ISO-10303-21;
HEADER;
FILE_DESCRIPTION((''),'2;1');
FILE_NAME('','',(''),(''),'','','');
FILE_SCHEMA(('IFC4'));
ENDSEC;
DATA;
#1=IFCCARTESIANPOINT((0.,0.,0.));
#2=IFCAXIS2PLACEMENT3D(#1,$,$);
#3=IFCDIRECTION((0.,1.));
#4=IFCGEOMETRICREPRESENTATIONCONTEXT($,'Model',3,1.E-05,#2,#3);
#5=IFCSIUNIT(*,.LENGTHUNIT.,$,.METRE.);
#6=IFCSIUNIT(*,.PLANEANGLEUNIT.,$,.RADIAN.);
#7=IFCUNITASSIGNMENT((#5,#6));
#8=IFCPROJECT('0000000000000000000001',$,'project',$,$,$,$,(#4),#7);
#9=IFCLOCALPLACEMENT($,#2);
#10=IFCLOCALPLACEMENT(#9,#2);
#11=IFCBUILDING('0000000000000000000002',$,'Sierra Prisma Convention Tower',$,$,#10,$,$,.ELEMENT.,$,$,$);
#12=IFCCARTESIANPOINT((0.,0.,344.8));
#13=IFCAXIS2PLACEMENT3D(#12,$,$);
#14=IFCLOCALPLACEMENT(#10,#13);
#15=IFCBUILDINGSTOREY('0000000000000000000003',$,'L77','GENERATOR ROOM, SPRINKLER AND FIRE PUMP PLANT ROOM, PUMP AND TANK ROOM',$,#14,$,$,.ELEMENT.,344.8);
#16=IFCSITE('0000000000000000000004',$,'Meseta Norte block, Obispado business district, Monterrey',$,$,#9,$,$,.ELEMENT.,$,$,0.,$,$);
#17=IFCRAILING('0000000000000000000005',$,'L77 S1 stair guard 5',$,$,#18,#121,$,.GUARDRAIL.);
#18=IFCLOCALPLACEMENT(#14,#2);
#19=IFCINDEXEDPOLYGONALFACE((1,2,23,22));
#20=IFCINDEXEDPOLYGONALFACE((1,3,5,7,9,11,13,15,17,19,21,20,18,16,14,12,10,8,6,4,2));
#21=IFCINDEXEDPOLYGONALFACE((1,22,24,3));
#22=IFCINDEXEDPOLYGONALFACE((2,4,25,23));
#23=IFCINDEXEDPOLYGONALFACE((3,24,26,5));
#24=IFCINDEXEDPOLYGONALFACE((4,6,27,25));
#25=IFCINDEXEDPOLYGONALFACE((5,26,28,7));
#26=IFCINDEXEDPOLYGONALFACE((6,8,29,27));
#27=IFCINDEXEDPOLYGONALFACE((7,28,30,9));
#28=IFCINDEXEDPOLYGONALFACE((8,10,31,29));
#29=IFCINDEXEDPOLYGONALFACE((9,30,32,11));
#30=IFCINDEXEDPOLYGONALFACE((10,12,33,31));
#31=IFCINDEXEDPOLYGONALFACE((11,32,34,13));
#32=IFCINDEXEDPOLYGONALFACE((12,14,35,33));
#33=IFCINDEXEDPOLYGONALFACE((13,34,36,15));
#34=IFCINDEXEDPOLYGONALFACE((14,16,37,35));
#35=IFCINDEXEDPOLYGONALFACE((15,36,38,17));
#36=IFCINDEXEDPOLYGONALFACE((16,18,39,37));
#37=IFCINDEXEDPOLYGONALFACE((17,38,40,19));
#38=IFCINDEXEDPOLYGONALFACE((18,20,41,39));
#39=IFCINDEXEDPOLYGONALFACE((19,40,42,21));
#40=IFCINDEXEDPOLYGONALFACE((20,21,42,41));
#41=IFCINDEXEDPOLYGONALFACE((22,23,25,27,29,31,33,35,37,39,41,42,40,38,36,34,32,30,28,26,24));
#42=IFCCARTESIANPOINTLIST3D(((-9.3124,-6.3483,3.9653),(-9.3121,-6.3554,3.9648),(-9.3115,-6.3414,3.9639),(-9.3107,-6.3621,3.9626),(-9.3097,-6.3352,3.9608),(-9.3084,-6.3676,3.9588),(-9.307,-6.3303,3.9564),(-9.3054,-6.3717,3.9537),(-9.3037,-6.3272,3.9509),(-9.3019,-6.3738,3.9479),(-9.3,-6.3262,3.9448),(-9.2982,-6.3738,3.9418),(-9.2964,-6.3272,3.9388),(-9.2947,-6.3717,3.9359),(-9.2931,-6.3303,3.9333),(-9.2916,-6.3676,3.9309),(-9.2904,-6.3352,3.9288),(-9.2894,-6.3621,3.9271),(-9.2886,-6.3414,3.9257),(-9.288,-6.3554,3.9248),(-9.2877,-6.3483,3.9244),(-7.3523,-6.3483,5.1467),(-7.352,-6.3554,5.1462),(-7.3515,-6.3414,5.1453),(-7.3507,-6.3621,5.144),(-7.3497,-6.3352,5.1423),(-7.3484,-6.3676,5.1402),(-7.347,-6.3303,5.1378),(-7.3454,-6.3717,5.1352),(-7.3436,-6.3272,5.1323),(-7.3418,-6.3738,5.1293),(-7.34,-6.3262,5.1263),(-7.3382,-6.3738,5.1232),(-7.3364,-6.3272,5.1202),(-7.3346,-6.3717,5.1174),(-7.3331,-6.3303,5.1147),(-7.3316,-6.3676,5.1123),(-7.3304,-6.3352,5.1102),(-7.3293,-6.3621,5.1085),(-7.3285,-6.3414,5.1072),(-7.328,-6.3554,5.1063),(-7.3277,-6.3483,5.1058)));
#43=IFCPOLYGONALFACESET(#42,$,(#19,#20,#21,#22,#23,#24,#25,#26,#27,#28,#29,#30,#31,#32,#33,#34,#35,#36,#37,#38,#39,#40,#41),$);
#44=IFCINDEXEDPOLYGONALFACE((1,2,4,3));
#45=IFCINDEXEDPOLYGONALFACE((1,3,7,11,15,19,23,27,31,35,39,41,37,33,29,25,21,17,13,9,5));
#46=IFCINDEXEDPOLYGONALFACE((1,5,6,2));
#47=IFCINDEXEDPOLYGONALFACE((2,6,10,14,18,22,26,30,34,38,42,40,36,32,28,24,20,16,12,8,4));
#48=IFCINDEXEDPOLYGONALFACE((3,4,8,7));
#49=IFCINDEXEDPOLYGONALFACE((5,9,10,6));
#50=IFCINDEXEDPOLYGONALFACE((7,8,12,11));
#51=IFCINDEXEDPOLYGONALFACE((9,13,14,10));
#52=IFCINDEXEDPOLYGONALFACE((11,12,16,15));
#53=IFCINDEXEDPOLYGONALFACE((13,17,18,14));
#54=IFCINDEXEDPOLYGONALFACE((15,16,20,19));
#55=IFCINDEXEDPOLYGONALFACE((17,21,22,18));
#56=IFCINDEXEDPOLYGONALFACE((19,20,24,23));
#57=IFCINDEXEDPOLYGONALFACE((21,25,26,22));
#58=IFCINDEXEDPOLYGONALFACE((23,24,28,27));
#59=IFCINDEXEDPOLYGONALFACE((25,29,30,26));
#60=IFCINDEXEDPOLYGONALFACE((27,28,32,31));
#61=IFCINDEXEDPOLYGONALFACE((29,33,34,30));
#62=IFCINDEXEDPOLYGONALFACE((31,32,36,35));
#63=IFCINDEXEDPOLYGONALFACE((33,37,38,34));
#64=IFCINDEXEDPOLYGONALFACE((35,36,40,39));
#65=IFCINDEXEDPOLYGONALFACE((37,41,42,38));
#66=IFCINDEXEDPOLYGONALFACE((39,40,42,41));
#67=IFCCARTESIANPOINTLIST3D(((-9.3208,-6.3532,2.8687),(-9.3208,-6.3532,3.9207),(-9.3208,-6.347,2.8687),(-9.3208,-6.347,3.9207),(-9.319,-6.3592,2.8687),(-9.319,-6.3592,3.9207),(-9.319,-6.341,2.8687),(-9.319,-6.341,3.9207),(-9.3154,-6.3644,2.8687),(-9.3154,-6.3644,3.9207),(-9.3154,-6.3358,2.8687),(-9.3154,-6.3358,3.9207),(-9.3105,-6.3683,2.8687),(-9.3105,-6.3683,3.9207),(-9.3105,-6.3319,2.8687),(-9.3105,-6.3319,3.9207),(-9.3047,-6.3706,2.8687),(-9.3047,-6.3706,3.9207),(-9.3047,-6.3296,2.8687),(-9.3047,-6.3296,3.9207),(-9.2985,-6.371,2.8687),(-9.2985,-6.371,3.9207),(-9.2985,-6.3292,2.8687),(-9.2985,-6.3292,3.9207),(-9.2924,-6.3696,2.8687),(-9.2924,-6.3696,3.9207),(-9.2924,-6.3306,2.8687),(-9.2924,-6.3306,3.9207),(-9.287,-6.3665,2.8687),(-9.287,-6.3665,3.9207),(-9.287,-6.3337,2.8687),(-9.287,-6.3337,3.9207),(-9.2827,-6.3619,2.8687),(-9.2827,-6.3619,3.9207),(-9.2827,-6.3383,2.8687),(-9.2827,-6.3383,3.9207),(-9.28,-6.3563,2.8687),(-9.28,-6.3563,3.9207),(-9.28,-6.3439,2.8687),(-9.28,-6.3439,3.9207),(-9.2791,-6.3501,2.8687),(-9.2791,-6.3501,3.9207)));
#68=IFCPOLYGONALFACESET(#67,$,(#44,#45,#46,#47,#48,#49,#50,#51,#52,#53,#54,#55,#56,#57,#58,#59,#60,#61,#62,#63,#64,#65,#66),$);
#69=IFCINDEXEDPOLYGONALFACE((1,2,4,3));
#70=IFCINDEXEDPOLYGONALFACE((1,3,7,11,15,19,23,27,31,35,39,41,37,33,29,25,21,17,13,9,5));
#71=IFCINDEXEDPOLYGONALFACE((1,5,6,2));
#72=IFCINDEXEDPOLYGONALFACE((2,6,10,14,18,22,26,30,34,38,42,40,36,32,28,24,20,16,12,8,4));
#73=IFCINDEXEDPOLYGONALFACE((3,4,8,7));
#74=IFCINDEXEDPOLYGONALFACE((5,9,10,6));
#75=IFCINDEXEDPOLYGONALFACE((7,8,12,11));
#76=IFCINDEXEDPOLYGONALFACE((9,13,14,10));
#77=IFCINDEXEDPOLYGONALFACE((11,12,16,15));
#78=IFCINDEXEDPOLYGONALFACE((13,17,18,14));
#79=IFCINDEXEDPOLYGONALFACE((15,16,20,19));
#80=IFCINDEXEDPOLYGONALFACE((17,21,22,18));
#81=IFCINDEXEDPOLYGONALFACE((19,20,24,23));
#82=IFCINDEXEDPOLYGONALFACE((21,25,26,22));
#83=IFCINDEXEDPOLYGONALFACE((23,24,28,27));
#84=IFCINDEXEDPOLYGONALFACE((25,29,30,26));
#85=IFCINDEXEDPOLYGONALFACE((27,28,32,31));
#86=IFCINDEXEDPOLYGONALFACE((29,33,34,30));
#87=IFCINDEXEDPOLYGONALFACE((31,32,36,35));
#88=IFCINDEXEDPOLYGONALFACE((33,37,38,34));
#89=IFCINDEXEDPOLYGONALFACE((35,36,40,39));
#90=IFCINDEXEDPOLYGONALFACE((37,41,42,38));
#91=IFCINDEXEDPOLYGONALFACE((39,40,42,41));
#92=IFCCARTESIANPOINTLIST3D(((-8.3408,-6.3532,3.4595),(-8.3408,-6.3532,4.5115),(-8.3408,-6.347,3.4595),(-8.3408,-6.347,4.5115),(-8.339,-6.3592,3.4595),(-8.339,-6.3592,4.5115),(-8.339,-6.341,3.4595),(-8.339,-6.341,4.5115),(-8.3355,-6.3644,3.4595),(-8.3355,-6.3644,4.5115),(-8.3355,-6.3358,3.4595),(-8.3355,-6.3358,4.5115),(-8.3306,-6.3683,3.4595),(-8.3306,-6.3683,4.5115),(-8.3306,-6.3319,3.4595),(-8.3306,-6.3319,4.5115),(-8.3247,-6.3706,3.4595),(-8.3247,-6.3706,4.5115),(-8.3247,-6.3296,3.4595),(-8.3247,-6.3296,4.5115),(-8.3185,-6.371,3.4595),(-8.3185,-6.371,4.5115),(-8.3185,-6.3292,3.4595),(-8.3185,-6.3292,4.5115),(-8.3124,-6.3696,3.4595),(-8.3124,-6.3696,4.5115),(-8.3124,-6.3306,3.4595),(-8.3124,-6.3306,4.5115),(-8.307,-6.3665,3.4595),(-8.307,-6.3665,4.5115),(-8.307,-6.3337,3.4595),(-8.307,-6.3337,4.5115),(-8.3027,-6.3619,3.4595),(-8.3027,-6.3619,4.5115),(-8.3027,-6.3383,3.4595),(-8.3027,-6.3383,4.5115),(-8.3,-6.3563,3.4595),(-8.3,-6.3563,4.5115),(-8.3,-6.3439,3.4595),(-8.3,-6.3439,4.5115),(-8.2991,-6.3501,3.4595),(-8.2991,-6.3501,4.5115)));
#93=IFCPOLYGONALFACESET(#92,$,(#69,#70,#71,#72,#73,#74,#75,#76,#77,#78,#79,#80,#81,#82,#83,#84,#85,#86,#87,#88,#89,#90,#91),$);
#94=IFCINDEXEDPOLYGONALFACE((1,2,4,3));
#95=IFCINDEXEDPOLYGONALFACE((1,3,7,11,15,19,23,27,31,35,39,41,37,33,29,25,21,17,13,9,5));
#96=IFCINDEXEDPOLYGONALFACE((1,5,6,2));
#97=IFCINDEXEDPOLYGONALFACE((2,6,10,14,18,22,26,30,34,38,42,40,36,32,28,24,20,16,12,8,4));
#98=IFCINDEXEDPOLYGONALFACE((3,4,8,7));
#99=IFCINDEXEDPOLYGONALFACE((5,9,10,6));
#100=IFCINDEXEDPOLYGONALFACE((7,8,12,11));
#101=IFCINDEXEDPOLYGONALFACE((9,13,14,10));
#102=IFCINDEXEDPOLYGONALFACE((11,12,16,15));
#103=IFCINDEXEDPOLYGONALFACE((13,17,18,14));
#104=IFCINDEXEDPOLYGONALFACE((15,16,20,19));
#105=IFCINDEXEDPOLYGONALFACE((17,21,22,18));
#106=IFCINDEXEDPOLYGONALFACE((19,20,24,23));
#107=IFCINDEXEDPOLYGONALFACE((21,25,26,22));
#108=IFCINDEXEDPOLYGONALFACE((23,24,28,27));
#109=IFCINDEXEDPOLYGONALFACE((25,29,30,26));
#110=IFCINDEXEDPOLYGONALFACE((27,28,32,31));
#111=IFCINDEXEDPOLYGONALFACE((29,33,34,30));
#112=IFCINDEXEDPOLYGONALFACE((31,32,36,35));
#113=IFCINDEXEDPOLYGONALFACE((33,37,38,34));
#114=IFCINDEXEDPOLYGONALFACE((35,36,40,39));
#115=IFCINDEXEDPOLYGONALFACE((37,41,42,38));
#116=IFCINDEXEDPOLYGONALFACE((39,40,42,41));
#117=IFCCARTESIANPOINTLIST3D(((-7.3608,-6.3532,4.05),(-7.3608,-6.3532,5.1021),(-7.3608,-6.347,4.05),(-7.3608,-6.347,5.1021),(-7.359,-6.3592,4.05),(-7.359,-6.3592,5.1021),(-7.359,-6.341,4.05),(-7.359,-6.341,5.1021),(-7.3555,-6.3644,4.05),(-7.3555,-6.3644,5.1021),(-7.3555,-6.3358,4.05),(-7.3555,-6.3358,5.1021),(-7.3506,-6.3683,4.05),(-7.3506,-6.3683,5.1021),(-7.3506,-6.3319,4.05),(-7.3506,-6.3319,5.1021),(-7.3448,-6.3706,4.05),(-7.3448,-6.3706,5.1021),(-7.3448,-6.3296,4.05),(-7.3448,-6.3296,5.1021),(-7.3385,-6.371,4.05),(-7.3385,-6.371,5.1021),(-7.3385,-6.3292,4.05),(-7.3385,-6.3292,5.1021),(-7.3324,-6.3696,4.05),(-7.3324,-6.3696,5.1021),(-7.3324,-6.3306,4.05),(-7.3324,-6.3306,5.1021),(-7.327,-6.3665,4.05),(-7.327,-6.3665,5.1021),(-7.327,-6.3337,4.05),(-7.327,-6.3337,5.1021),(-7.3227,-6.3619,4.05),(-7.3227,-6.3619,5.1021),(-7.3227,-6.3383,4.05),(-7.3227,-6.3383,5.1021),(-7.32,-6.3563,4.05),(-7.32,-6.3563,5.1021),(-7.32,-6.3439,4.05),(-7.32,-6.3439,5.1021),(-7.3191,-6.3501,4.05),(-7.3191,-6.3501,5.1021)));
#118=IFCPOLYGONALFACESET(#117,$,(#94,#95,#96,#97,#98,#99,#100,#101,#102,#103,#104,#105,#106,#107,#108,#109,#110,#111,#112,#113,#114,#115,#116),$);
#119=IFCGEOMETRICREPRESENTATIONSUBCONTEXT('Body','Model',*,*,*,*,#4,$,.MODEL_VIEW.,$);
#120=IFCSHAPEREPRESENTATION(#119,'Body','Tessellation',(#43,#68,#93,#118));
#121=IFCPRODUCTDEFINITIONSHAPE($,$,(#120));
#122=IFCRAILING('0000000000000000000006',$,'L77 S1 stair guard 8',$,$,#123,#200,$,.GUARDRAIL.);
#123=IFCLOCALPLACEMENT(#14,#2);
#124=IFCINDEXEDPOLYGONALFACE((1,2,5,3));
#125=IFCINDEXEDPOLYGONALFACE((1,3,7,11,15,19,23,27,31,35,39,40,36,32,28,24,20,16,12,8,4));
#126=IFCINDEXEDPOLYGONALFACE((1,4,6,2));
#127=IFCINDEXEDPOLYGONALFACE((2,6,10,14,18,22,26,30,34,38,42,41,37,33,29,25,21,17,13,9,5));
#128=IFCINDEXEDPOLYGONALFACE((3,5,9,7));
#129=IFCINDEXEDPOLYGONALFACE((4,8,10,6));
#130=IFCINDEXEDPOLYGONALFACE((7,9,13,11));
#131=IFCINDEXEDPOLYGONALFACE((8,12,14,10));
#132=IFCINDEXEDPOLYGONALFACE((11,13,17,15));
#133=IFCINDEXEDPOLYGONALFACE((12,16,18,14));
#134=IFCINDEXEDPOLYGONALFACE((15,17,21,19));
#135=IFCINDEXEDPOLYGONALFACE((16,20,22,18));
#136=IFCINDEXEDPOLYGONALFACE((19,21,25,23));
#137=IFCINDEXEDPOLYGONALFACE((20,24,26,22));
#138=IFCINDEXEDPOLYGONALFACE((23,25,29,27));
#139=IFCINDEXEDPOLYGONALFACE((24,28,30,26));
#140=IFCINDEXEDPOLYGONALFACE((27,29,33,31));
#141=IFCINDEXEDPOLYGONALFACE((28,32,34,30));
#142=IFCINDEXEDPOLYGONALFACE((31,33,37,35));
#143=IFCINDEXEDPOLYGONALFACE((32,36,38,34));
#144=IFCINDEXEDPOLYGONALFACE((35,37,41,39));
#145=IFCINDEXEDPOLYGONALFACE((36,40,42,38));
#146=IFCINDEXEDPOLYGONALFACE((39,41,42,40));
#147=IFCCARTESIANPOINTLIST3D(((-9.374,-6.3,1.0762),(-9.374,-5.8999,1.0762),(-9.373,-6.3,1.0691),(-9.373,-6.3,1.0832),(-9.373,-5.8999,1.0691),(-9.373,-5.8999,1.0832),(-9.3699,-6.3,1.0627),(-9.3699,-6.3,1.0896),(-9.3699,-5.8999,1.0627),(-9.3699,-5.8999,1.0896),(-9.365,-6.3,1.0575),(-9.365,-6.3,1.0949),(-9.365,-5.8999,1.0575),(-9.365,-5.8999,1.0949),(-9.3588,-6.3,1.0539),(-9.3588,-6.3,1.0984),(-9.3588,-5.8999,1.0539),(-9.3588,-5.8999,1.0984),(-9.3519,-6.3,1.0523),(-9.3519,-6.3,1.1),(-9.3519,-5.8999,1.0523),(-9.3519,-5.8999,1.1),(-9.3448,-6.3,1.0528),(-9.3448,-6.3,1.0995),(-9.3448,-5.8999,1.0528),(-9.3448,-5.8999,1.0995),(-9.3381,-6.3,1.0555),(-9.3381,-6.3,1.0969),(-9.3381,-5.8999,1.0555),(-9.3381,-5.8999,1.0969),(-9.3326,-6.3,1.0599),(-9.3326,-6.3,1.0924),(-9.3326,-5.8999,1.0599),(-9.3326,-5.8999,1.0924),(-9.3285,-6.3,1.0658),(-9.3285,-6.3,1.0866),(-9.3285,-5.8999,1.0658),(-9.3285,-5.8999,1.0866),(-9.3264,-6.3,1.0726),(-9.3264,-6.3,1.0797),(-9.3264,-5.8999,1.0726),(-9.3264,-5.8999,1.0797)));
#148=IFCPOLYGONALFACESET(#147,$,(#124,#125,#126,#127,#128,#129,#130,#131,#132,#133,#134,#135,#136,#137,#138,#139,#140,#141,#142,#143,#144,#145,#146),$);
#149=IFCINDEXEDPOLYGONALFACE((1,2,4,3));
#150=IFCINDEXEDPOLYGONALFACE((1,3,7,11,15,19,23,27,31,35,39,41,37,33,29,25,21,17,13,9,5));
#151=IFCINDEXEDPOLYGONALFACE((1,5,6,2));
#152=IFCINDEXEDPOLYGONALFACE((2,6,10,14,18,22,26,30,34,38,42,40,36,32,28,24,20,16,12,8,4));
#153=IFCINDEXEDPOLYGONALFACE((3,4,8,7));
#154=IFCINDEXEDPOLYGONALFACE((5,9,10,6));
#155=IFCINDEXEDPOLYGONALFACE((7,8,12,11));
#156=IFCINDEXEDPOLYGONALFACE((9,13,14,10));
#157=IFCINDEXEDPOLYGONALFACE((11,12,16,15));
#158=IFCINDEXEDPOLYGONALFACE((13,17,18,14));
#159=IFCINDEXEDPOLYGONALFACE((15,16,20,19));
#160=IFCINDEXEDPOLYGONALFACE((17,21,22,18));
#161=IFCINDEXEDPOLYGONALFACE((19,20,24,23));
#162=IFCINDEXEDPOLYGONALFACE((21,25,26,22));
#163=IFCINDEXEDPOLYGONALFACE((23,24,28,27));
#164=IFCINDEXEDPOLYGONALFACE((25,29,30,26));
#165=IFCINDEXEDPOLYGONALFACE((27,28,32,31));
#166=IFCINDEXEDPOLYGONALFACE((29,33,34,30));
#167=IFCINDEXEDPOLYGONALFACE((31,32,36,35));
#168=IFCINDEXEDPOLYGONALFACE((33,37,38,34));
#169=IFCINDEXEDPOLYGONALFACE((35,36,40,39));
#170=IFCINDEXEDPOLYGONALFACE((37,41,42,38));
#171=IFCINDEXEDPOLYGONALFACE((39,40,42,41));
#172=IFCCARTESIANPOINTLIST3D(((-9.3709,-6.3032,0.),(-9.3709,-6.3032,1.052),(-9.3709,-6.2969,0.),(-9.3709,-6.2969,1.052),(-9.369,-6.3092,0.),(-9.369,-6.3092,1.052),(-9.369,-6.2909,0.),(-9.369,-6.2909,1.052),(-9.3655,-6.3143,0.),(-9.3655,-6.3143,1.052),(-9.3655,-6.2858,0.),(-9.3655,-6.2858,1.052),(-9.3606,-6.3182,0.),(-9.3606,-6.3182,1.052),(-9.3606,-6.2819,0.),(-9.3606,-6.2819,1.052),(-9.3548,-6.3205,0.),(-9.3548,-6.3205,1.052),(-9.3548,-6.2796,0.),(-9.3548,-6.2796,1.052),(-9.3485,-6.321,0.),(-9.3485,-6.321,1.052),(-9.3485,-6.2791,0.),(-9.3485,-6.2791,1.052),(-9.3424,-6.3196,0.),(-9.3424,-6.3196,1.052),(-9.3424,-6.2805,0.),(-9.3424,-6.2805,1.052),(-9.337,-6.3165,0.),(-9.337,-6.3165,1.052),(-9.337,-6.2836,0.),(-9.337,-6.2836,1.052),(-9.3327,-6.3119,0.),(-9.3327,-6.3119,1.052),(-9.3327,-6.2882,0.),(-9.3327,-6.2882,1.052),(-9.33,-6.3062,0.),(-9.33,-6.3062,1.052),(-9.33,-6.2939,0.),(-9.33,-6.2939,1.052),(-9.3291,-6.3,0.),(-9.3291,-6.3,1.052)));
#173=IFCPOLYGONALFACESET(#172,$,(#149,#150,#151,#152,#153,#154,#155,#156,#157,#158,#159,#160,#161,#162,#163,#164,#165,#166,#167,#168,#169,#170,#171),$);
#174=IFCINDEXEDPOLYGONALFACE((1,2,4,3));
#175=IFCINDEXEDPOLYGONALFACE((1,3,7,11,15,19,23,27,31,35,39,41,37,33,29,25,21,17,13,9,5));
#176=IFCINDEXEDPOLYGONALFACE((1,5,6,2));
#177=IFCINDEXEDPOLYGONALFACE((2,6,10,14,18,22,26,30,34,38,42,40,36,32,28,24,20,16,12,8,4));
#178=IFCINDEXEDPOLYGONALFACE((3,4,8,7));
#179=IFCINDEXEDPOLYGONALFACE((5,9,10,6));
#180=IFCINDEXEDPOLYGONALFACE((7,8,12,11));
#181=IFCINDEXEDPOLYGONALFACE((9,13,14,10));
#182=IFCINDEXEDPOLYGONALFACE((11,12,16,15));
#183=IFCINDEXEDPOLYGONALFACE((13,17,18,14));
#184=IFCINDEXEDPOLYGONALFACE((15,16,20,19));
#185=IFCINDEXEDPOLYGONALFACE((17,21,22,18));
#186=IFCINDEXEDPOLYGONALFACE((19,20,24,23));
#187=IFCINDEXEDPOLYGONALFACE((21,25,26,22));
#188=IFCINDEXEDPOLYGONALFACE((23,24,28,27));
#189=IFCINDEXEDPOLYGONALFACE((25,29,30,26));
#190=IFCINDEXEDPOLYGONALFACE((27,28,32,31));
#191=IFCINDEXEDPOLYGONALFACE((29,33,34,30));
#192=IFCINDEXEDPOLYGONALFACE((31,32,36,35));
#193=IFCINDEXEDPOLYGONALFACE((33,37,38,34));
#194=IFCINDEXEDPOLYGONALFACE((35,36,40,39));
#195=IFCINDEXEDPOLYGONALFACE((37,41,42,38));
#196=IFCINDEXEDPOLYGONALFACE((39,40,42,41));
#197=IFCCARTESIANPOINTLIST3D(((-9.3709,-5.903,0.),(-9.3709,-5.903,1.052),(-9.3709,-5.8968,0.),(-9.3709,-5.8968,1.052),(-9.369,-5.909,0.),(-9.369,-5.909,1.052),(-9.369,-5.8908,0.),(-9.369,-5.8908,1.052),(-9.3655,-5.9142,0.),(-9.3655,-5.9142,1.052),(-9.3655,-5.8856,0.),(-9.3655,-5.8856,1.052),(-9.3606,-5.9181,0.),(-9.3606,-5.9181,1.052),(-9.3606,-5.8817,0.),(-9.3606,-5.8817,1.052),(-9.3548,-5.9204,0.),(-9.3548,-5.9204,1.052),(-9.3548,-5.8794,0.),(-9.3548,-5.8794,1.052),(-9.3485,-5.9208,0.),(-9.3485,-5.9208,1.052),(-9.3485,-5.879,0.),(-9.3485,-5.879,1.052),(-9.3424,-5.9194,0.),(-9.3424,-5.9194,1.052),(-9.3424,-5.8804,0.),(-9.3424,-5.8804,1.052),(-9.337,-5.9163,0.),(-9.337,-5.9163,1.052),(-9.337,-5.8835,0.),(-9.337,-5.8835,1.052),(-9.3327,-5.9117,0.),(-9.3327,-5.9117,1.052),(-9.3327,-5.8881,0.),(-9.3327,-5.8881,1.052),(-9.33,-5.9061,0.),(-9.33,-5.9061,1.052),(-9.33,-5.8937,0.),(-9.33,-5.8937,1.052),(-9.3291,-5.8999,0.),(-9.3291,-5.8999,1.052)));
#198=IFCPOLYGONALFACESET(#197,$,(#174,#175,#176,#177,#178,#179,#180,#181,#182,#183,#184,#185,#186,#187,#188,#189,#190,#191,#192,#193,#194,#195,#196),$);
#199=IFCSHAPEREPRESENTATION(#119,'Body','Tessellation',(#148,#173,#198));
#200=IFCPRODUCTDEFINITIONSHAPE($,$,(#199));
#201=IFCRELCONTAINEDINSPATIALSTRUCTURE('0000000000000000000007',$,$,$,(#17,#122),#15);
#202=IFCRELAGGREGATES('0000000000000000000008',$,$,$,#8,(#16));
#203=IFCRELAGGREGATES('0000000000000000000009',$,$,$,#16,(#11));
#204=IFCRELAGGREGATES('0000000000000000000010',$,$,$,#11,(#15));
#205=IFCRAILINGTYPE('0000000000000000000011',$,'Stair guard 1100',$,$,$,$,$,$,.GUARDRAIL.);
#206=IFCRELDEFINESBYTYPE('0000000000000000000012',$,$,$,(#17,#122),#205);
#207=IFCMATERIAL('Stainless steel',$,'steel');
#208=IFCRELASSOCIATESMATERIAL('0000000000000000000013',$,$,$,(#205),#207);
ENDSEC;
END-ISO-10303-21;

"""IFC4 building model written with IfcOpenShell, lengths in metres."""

from ifc_helpers import new_model, si_unit, direction, frame, origin, origin_2d, place, context, subcontext, project, spatial, circle, extrude, material, type_object, element, save


model = new_model("IFC4")

# Units and contexts
model_context = context("Model", 3, precision=1e-05, world=origin(), true_north=direction((0.0, 1.0)))
body_context = subcontext(model_context, "Body", "Model", "MODEL_VIEW")
ifc_project = project(units=[si_unit("LENGTHUNIT", "METRE"), si_unit("PLANEANGLEUNIT", "RADIAN")], contexts=[model_context])

# Site, building, storey
site_placement = place(None, origin())
site = spatial("IfcSite", under=ifc_project, at=site_placement, Name="Meseta Norte block, Obispado business district, Monterrey", CompositionType="ELEMENT", RefElevation=0.0)
building_placement = place(site_placement, origin())
building = spatial("IfcBuilding", under=site, at=building_placement, Name="Sierra Prisma Convention Tower", CompositionType="ELEMENT")
storey_placement = place(building_placement, frame((0.0, 0.0, 344.8)))
storey = spatial("IfcBuildingStorey", under=building, at=storey_placement, Name="L77", Description="GENERATOR ROOM, SPRINKLER AND FIRE PUMP PLANT ROOM, PUMP AND TANK ROOM", CompositionType="ELEMENT", Elevation=344.8)

# Railings
ifc_material_1 = material(Name="Stainless steel", Category="steel")
railing_type = type_object("IfcRailingType", Name="Stair guard 1100", PredefinedType="GUARDRAIL", material=ifc_material_1)
railing_1_placement = place(storey_placement, frame((-9.3, -6.3501, 2.8687)))
element("IfcRailing", 1, at=railing_1_placement, inside=storey, type_object=railing_type, Name="L77 S1 stair guard 5", PredefinedType="GUARDRAIL", context=body_context, shape_type="SweptSolid", body=[
    extrude(circle(Radius=0.0239, at=origin_2d()), frame((0.0, 0.0, 1.0762), z_axis=(0.856446, 0.0, 0.516236), x_axis=(0.0, 1.0, 0.0)), (0.0, 0.0, 1.0), 2.2886),
    extrude(circle(Radius=0.021, at=origin_2d()), origin(), (0.0, 0.0, 1.0), 1.052),
    extrude(circle(Radius=0.021, at=origin_2d()), frame((0.98, 0.0, 0.5908)), (0.0, 0.0, 1.0), 1.052),
    extrude(circle(Radius=0.021, at=origin_2d()), frame((1.96, 0.0, 1.1814)), (0.0, 0.0, 1.0), 1.052),
])
railing_2_placement = place(storey_placement, frame((-9.3501, -6.3, 0.0)))
element("IfcRailing", 2, at=railing_2_placement, inside=storey, type_object=railing_type, Name="L77 S1 stair guard 8", PredefinedType="GUARDRAIL", context=body_context, shape_type="SweptSolid", body=[
    extrude(circle(Radius=0.0239, at=origin_2d()), frame((0.0, 0.0, 1.0762), z_axis=(0.0, 1.0, 0.0), x_axis=(-1.0, 0.0, 0.0)), (0.0, 0.0, 1.0), 0.4001),
    extrude(circle(Radius=0.021, at=origin_2d()), origin(), (0.0, 0.0, 1.0), 1.052),
    extrude(circle(Radius=0.021, at=origin_2d()), frame((0.0, 0.4001, 0.0)), (0.0, 0.0, 1.0), 1.052),
])

save(model, "model.ifc")
